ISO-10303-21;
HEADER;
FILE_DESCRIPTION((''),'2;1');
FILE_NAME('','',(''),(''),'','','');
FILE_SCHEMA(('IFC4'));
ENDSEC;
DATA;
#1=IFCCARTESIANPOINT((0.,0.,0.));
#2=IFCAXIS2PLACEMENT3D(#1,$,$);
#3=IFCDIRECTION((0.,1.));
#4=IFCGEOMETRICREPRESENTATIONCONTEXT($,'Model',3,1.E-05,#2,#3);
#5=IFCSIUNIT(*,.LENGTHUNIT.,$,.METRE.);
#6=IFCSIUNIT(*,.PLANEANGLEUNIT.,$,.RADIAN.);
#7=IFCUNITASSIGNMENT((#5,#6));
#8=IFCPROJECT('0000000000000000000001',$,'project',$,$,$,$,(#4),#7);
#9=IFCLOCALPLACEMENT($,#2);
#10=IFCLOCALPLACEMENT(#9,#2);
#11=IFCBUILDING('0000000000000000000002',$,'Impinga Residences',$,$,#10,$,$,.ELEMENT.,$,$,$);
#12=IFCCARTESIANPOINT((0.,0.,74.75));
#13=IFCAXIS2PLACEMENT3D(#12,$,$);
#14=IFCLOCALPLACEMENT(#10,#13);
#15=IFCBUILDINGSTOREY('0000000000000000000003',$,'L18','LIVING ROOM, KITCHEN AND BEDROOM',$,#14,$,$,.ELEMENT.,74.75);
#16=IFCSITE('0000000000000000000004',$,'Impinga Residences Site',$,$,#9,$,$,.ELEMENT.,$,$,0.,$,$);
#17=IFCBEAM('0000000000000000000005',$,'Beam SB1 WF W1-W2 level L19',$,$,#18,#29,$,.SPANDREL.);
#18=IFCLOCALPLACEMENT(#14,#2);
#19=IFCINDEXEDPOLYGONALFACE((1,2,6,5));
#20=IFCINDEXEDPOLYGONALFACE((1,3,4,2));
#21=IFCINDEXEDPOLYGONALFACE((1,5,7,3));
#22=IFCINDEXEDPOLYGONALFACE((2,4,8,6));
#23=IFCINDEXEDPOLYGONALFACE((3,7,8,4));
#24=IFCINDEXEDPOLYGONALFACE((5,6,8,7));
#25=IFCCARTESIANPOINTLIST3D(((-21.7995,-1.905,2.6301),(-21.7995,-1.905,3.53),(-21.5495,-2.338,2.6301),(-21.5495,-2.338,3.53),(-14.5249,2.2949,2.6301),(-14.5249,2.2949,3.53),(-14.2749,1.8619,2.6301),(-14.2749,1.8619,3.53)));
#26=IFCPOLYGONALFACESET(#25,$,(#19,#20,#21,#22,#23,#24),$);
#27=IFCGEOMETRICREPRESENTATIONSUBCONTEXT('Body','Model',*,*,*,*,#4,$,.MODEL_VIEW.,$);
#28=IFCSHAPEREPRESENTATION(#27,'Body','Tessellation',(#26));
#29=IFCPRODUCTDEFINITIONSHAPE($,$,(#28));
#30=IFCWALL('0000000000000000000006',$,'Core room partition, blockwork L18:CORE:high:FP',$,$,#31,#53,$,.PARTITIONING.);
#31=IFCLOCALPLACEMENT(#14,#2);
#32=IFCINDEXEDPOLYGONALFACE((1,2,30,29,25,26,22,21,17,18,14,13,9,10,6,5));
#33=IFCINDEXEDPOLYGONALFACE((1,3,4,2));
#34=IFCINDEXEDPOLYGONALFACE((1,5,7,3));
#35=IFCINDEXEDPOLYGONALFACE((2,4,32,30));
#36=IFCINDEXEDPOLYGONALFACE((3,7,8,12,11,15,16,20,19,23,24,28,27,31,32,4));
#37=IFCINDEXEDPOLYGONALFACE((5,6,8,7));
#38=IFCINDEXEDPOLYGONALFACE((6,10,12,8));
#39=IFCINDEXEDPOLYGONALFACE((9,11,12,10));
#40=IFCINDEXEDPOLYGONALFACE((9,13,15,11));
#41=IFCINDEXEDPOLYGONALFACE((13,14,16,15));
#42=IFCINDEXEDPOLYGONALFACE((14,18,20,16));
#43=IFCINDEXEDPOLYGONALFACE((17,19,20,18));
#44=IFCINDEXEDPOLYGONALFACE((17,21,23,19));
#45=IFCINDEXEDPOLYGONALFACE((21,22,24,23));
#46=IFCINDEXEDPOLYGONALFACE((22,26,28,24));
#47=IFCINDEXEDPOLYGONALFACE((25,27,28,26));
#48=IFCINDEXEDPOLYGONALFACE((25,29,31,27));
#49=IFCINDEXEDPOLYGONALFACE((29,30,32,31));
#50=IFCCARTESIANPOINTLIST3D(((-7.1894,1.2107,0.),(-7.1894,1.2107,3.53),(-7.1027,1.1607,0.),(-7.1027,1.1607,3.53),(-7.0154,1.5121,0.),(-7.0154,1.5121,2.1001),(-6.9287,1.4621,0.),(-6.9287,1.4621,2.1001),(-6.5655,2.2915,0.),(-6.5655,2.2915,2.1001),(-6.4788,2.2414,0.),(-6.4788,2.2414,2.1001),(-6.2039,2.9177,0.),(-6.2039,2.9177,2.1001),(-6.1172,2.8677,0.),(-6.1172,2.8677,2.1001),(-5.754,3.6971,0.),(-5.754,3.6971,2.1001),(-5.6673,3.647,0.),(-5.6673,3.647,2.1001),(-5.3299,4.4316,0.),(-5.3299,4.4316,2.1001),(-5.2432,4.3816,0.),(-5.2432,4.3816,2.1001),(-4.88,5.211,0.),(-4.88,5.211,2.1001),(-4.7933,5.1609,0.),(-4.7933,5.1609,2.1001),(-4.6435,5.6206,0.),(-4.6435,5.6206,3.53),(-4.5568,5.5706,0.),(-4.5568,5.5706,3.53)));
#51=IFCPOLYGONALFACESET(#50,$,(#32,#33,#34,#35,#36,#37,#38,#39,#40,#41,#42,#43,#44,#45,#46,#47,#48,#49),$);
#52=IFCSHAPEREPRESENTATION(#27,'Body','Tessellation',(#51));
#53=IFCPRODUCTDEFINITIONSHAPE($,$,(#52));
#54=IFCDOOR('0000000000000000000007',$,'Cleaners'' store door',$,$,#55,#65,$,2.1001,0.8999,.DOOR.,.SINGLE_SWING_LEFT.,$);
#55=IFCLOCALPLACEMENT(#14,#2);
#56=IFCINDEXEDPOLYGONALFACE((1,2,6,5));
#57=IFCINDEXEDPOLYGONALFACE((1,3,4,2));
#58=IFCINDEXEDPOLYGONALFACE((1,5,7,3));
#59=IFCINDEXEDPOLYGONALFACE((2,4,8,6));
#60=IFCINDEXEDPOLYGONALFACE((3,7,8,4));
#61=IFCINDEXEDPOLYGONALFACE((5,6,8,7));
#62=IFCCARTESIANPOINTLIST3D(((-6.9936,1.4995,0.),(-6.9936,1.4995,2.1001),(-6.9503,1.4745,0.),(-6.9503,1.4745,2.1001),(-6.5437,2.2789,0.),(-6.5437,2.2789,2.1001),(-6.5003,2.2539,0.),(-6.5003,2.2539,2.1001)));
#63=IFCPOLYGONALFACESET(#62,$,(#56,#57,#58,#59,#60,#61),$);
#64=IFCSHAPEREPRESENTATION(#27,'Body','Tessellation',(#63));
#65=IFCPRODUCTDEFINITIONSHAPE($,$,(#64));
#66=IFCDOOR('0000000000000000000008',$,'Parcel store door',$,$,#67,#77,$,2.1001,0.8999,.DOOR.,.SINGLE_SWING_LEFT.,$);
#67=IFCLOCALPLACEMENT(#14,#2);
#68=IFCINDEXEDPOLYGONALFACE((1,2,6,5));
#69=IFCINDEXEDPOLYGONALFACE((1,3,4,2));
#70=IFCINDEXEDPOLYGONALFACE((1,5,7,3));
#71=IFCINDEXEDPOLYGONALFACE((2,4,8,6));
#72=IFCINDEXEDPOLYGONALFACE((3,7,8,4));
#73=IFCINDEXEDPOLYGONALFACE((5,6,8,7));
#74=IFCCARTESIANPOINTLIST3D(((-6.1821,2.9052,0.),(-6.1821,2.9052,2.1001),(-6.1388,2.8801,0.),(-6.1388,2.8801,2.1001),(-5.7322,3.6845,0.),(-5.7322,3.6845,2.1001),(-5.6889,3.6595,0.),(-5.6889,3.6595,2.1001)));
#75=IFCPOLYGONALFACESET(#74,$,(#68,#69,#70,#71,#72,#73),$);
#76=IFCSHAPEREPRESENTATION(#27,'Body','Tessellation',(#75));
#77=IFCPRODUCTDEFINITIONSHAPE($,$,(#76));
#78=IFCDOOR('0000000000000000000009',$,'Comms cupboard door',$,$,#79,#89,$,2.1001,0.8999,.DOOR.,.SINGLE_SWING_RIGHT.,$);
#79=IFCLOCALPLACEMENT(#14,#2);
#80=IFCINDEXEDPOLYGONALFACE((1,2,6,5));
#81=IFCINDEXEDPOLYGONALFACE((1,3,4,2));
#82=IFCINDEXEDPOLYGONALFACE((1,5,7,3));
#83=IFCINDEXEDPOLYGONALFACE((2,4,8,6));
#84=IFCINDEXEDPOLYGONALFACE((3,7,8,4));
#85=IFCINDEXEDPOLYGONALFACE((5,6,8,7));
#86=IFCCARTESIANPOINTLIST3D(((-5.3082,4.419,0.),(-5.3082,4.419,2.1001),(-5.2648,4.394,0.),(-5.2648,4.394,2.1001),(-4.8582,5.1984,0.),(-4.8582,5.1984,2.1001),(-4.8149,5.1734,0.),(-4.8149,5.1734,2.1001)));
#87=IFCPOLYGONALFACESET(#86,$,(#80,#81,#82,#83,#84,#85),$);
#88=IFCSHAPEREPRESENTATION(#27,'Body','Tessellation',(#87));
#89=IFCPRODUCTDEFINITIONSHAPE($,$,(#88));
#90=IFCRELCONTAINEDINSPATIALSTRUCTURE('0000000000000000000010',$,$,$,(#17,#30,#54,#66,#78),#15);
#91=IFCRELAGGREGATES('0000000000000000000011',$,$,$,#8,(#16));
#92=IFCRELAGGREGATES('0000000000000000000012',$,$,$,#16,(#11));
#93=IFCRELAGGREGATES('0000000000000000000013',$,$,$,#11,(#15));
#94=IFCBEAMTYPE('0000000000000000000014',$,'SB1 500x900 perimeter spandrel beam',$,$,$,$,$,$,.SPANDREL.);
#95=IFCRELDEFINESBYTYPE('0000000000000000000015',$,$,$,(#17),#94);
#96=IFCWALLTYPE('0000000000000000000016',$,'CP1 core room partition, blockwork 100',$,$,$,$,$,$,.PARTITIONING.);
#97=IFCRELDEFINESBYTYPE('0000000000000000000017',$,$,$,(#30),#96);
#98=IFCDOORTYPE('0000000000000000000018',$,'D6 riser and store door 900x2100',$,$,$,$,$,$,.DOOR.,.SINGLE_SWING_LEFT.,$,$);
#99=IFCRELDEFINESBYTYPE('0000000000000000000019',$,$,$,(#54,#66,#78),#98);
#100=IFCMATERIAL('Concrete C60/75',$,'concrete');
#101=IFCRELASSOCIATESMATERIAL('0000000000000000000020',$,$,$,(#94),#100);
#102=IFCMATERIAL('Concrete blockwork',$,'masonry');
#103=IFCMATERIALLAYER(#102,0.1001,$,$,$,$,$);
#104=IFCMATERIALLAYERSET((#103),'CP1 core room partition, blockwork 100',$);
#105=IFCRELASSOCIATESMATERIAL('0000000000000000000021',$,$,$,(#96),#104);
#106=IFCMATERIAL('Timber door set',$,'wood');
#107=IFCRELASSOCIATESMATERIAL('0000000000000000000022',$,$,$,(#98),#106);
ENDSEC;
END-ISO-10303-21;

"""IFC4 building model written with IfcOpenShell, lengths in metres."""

from ifc_helpers import new_model, si_unit, direction, frame, frame_2d, origin, origin_2d, place, context, subcontext, project, spatial, rectangle, extrude, material, layer, layer_set, material_profile, profile_set, type_object, element, fill, save


model = new_model("IFC4")

# Units and contexts
model_context = context("Model", 3, precision=1e-05, world=origin(), true_north=direction((0.0, 1.0)))
body_context = subcontext(model_context, "Body", "Model", "MODEL_VIEW")
ifc_project = project(units=[si_unit("LENGTHUNIT", "METRE"), si_unit("PLANEANGLEUNIT", "RADIAN")], contexts=[model_context])

# Site, building, storey
site_placement = place(None, origin())
site = spatial("IfcSite", under=ifc_project, at=site_placement, Name="Impinga Residences Site", CompositionType="ELEMENT", RefElevation=0.0)
building_placement = place(site_placement, origin())
building = spatial("IfcBuilding", under=site, at=building_placement, Name="Impinga Residences", CompositionType="ELEMENT")
storey_placement = place(building_placement, frame((0.0, 0.0, 74.75)))
storey = spatial("IfcBuildingStorey", under=building, at=storey_placement, Name="L18", Description="LIVING ROOM, KITCHEN AND BEDROOM", CompositionType="ELEMENT", Elevation=74.75)

# Beam
ifc_material_1 = material(Name="Concrete C60/75", Category="concrete")
ifc_material_profile = material_profile(ifc_material_1, rectangle(XDim=0.5, YDim=0.8999, at=origin_2d()), Name="RC 500x900")
ifc_profile_set = profile_set([ifc_material_profile], Name="Concrete C60/75")
beam_type = type_object("IfcBeamType", Name="SB1 500x900 perimeter spandrel beam", PredefinedType="SPANDREL", material=ifc_profile_set)
beam_placement = place(storey_placement, frame((-14.3999, 2.0784, 3.0801), z_axis=(-0.866029, -0.499993, 0.0), x_axis=(0.499993, -0.866029, 0.0)))
element("IfcBeam", 1, at=beam_placement, inside=storey, type_object=beam_type, Name="Beam SB1 WF W1-W2 level L19", PredefinedType="SPANDREL", context=body_context, shape_type="SweptSolid", body=[
    extrude(rectangle(XDim=0.5, YDim=0.8999, at=origin_2d()), origin(), (0.0, 0.0, 1.0), 8.3999),
])

# Wall, openings, doors
ifc_material_2 = material(Name="Concrete blockwork", Category="masonry")
ifc_layer_1 = layer(ifc_material_2, 0.1001)
ifc_layer_set_1 = layer_set([ifc_layer_1], Name="CP1 core room partition, blockwork 100")
wall_type_1 = type_object("IfcWallType", Name="CP1 core room partition, blockwork 100", PredefinedType="PARTITIONING", material=ifc_layer_set_1)
wall_1_placement = place(storey_placement, frame((-7.146, 1.1858, 0.0), z_axis=(0.0, 0.0, 1.0), x_axis=(0.499976, 0.866039, 0.0)))
wall_1 = element("IfcWall", 2, at=wall_1_placement, inside=storey, type_object=wall_type_1, Name="Core room partition, blockwork L18:CORE:high:FP", PredefinedType="PARTITIONING", context=body_context, shape_type="SweptSolid", body=[
    extrude(rectangle(XDim=5.092, YDim=0.1001, at=frame_2d((2.5459, 0.0))), origin(), (0.0, 0.0, 1.0), 3.53),
])
opening_1_placement = place(wall_1_placement, frame((0.3479, 0.0, 0.0)))
opening_1 = element("IfcOpeningElement", 3, at=opening_1_placement, cuts=wall_1, PredefinedType="OPENING", context=body_context, shape_type="SweptSolid", body=[
    extrude(rectangle(XDim=0.8999, YDim=2.1001, at=frame_2d((0.45, 1.05))), frame((0.0, 0.0601, 0.0), z_axis=(0.0, -1.0, 0.0), x_axis=(1.0, 0.0, 0.0)), (0.0, 0.0, 1.0), 0.1201),
])
opening_2_placement = place(wall_1_placement, frame((1.9709, 0.0, 0.0)))
opening_2 = element("IfcOpeningElement", 4, at=opening_2_placement, cuts=wall_1, PredefinedType="OPENING", context=body_context, shape_type="SweptSolid", body=[
    extrude(rectangle(XDim=0.8999, YDim=2.1001, at=frame_2d((0.45, 1.05))), frame((0.0, 0.0601, 0.0), z_axis=(0.0, -1.0, 0.0), x_axis=(1.0, 0.0, 0.0)), (0.0, 0.0, 1.0), 0.1201),
])
opening_3_placement = place(wall_1_placement, frame((3.719, 0.0, 0.0)))
opening_3 = element("IfcOpeningElement", 5, at=opening_3_placement, cuts=wall_1, PredefinedType="OPENING", context=body_context, shape_type="SweptSolid", body=[
    extrude(rectangle(XDim=0.8999, YDim=2.1001, at=frame_2d((0.45, 1.05))), frame((0.0, 0.0601, 0.0), z_axis=(0.0, -1.0, 0.0), x_axis=(1.0, 0.0, 0.0)), (0.0, 0.0, 1.0), 0.1201),
])
ifc_material_3 = material(Name="Timber door set", Category="wood")
door_type = type_object("IfcDoorType", Name="D6 riser and store door 900x2100", OperationType="SINGLE_SWING_LEFT", PredefinedType="DOOR", material=ifc_material_3)
door_1_placement = place(opening_1_placement, origin())
door_1 = element("IfcDoor", 6, at=door_1_placement, inside=storey, type_object=door_type, Name="Cleaners' store door", OperationType="SINGLE_SWING_LEFT", OverallHeight=2.1001, OverallWidth=0.8999, PredefinedType="DOOR", context=body_context, shape_type="SweptSolid", body=[
    extrude(rectangle(XDim=0.8999, YDim=2.1001, at=frame_2d((0.45, 1.05))), frame((0.0, 0.0249, 0.0), z_axis=(0.0, -1.0, 0.0), x_axis=(1.0, 0.0, 0.0)), (0.0, 0.0, 1.0), 0.05),
])
fill(opening_1, door_1)
door_2_placement = place(opening_2_placement, origin())
door_2 = element("IfcDoor", 7, at=door_2_placement, inside=storey, type_object=door_type, Name="Parcel store door", OperationType="SINGLE_SWING_LEFT", OverallHeight=2.1001, OverallWidth=0.8999, PredefinedType="DOOR", context=body_context, shape_type="SweptSolid", body=[
    extrude(rectangle(XDim=0.8999, YDim=2.1001, at=frame_2d((0.45, 1.05))), frame((0.0, 0.0249, 0.0), z_axis=(0.0, -1.0, 0.0), x_axis=(1.0, 0.0, 0.0)), (0.0, 0.0, 1.0), 0.05),
])
fill(opening_2, door_2)
door_3_placement = place(opening_3_placement, origin())
door_3 = element("IfcDoor", 8, at=door_3_placement, inside=storey, type_object=door_type, Name="Comms cupboard door", OperationType="SINGLE_SWING_RIGHT", OverallHeight=2.1001, OverallWidth=0.8999, PredefinedType="DOOR", context=body_context, shape_type="SweptSolid", body=[
    extrude(rectangle(XDim=0.8999, YDim=2.1001, at=frame_2d((0.45, 1.05))), frame((0.0, 0.0249, 0.0), z_axis=(0.0, -1.0, 0.0), x_axis=(1.0, 0.0, 0.0)), (0.0, 0.0, 1.0), 0.05),
])
fill(opening_3, door_3)

save(model, "model.ifc")
